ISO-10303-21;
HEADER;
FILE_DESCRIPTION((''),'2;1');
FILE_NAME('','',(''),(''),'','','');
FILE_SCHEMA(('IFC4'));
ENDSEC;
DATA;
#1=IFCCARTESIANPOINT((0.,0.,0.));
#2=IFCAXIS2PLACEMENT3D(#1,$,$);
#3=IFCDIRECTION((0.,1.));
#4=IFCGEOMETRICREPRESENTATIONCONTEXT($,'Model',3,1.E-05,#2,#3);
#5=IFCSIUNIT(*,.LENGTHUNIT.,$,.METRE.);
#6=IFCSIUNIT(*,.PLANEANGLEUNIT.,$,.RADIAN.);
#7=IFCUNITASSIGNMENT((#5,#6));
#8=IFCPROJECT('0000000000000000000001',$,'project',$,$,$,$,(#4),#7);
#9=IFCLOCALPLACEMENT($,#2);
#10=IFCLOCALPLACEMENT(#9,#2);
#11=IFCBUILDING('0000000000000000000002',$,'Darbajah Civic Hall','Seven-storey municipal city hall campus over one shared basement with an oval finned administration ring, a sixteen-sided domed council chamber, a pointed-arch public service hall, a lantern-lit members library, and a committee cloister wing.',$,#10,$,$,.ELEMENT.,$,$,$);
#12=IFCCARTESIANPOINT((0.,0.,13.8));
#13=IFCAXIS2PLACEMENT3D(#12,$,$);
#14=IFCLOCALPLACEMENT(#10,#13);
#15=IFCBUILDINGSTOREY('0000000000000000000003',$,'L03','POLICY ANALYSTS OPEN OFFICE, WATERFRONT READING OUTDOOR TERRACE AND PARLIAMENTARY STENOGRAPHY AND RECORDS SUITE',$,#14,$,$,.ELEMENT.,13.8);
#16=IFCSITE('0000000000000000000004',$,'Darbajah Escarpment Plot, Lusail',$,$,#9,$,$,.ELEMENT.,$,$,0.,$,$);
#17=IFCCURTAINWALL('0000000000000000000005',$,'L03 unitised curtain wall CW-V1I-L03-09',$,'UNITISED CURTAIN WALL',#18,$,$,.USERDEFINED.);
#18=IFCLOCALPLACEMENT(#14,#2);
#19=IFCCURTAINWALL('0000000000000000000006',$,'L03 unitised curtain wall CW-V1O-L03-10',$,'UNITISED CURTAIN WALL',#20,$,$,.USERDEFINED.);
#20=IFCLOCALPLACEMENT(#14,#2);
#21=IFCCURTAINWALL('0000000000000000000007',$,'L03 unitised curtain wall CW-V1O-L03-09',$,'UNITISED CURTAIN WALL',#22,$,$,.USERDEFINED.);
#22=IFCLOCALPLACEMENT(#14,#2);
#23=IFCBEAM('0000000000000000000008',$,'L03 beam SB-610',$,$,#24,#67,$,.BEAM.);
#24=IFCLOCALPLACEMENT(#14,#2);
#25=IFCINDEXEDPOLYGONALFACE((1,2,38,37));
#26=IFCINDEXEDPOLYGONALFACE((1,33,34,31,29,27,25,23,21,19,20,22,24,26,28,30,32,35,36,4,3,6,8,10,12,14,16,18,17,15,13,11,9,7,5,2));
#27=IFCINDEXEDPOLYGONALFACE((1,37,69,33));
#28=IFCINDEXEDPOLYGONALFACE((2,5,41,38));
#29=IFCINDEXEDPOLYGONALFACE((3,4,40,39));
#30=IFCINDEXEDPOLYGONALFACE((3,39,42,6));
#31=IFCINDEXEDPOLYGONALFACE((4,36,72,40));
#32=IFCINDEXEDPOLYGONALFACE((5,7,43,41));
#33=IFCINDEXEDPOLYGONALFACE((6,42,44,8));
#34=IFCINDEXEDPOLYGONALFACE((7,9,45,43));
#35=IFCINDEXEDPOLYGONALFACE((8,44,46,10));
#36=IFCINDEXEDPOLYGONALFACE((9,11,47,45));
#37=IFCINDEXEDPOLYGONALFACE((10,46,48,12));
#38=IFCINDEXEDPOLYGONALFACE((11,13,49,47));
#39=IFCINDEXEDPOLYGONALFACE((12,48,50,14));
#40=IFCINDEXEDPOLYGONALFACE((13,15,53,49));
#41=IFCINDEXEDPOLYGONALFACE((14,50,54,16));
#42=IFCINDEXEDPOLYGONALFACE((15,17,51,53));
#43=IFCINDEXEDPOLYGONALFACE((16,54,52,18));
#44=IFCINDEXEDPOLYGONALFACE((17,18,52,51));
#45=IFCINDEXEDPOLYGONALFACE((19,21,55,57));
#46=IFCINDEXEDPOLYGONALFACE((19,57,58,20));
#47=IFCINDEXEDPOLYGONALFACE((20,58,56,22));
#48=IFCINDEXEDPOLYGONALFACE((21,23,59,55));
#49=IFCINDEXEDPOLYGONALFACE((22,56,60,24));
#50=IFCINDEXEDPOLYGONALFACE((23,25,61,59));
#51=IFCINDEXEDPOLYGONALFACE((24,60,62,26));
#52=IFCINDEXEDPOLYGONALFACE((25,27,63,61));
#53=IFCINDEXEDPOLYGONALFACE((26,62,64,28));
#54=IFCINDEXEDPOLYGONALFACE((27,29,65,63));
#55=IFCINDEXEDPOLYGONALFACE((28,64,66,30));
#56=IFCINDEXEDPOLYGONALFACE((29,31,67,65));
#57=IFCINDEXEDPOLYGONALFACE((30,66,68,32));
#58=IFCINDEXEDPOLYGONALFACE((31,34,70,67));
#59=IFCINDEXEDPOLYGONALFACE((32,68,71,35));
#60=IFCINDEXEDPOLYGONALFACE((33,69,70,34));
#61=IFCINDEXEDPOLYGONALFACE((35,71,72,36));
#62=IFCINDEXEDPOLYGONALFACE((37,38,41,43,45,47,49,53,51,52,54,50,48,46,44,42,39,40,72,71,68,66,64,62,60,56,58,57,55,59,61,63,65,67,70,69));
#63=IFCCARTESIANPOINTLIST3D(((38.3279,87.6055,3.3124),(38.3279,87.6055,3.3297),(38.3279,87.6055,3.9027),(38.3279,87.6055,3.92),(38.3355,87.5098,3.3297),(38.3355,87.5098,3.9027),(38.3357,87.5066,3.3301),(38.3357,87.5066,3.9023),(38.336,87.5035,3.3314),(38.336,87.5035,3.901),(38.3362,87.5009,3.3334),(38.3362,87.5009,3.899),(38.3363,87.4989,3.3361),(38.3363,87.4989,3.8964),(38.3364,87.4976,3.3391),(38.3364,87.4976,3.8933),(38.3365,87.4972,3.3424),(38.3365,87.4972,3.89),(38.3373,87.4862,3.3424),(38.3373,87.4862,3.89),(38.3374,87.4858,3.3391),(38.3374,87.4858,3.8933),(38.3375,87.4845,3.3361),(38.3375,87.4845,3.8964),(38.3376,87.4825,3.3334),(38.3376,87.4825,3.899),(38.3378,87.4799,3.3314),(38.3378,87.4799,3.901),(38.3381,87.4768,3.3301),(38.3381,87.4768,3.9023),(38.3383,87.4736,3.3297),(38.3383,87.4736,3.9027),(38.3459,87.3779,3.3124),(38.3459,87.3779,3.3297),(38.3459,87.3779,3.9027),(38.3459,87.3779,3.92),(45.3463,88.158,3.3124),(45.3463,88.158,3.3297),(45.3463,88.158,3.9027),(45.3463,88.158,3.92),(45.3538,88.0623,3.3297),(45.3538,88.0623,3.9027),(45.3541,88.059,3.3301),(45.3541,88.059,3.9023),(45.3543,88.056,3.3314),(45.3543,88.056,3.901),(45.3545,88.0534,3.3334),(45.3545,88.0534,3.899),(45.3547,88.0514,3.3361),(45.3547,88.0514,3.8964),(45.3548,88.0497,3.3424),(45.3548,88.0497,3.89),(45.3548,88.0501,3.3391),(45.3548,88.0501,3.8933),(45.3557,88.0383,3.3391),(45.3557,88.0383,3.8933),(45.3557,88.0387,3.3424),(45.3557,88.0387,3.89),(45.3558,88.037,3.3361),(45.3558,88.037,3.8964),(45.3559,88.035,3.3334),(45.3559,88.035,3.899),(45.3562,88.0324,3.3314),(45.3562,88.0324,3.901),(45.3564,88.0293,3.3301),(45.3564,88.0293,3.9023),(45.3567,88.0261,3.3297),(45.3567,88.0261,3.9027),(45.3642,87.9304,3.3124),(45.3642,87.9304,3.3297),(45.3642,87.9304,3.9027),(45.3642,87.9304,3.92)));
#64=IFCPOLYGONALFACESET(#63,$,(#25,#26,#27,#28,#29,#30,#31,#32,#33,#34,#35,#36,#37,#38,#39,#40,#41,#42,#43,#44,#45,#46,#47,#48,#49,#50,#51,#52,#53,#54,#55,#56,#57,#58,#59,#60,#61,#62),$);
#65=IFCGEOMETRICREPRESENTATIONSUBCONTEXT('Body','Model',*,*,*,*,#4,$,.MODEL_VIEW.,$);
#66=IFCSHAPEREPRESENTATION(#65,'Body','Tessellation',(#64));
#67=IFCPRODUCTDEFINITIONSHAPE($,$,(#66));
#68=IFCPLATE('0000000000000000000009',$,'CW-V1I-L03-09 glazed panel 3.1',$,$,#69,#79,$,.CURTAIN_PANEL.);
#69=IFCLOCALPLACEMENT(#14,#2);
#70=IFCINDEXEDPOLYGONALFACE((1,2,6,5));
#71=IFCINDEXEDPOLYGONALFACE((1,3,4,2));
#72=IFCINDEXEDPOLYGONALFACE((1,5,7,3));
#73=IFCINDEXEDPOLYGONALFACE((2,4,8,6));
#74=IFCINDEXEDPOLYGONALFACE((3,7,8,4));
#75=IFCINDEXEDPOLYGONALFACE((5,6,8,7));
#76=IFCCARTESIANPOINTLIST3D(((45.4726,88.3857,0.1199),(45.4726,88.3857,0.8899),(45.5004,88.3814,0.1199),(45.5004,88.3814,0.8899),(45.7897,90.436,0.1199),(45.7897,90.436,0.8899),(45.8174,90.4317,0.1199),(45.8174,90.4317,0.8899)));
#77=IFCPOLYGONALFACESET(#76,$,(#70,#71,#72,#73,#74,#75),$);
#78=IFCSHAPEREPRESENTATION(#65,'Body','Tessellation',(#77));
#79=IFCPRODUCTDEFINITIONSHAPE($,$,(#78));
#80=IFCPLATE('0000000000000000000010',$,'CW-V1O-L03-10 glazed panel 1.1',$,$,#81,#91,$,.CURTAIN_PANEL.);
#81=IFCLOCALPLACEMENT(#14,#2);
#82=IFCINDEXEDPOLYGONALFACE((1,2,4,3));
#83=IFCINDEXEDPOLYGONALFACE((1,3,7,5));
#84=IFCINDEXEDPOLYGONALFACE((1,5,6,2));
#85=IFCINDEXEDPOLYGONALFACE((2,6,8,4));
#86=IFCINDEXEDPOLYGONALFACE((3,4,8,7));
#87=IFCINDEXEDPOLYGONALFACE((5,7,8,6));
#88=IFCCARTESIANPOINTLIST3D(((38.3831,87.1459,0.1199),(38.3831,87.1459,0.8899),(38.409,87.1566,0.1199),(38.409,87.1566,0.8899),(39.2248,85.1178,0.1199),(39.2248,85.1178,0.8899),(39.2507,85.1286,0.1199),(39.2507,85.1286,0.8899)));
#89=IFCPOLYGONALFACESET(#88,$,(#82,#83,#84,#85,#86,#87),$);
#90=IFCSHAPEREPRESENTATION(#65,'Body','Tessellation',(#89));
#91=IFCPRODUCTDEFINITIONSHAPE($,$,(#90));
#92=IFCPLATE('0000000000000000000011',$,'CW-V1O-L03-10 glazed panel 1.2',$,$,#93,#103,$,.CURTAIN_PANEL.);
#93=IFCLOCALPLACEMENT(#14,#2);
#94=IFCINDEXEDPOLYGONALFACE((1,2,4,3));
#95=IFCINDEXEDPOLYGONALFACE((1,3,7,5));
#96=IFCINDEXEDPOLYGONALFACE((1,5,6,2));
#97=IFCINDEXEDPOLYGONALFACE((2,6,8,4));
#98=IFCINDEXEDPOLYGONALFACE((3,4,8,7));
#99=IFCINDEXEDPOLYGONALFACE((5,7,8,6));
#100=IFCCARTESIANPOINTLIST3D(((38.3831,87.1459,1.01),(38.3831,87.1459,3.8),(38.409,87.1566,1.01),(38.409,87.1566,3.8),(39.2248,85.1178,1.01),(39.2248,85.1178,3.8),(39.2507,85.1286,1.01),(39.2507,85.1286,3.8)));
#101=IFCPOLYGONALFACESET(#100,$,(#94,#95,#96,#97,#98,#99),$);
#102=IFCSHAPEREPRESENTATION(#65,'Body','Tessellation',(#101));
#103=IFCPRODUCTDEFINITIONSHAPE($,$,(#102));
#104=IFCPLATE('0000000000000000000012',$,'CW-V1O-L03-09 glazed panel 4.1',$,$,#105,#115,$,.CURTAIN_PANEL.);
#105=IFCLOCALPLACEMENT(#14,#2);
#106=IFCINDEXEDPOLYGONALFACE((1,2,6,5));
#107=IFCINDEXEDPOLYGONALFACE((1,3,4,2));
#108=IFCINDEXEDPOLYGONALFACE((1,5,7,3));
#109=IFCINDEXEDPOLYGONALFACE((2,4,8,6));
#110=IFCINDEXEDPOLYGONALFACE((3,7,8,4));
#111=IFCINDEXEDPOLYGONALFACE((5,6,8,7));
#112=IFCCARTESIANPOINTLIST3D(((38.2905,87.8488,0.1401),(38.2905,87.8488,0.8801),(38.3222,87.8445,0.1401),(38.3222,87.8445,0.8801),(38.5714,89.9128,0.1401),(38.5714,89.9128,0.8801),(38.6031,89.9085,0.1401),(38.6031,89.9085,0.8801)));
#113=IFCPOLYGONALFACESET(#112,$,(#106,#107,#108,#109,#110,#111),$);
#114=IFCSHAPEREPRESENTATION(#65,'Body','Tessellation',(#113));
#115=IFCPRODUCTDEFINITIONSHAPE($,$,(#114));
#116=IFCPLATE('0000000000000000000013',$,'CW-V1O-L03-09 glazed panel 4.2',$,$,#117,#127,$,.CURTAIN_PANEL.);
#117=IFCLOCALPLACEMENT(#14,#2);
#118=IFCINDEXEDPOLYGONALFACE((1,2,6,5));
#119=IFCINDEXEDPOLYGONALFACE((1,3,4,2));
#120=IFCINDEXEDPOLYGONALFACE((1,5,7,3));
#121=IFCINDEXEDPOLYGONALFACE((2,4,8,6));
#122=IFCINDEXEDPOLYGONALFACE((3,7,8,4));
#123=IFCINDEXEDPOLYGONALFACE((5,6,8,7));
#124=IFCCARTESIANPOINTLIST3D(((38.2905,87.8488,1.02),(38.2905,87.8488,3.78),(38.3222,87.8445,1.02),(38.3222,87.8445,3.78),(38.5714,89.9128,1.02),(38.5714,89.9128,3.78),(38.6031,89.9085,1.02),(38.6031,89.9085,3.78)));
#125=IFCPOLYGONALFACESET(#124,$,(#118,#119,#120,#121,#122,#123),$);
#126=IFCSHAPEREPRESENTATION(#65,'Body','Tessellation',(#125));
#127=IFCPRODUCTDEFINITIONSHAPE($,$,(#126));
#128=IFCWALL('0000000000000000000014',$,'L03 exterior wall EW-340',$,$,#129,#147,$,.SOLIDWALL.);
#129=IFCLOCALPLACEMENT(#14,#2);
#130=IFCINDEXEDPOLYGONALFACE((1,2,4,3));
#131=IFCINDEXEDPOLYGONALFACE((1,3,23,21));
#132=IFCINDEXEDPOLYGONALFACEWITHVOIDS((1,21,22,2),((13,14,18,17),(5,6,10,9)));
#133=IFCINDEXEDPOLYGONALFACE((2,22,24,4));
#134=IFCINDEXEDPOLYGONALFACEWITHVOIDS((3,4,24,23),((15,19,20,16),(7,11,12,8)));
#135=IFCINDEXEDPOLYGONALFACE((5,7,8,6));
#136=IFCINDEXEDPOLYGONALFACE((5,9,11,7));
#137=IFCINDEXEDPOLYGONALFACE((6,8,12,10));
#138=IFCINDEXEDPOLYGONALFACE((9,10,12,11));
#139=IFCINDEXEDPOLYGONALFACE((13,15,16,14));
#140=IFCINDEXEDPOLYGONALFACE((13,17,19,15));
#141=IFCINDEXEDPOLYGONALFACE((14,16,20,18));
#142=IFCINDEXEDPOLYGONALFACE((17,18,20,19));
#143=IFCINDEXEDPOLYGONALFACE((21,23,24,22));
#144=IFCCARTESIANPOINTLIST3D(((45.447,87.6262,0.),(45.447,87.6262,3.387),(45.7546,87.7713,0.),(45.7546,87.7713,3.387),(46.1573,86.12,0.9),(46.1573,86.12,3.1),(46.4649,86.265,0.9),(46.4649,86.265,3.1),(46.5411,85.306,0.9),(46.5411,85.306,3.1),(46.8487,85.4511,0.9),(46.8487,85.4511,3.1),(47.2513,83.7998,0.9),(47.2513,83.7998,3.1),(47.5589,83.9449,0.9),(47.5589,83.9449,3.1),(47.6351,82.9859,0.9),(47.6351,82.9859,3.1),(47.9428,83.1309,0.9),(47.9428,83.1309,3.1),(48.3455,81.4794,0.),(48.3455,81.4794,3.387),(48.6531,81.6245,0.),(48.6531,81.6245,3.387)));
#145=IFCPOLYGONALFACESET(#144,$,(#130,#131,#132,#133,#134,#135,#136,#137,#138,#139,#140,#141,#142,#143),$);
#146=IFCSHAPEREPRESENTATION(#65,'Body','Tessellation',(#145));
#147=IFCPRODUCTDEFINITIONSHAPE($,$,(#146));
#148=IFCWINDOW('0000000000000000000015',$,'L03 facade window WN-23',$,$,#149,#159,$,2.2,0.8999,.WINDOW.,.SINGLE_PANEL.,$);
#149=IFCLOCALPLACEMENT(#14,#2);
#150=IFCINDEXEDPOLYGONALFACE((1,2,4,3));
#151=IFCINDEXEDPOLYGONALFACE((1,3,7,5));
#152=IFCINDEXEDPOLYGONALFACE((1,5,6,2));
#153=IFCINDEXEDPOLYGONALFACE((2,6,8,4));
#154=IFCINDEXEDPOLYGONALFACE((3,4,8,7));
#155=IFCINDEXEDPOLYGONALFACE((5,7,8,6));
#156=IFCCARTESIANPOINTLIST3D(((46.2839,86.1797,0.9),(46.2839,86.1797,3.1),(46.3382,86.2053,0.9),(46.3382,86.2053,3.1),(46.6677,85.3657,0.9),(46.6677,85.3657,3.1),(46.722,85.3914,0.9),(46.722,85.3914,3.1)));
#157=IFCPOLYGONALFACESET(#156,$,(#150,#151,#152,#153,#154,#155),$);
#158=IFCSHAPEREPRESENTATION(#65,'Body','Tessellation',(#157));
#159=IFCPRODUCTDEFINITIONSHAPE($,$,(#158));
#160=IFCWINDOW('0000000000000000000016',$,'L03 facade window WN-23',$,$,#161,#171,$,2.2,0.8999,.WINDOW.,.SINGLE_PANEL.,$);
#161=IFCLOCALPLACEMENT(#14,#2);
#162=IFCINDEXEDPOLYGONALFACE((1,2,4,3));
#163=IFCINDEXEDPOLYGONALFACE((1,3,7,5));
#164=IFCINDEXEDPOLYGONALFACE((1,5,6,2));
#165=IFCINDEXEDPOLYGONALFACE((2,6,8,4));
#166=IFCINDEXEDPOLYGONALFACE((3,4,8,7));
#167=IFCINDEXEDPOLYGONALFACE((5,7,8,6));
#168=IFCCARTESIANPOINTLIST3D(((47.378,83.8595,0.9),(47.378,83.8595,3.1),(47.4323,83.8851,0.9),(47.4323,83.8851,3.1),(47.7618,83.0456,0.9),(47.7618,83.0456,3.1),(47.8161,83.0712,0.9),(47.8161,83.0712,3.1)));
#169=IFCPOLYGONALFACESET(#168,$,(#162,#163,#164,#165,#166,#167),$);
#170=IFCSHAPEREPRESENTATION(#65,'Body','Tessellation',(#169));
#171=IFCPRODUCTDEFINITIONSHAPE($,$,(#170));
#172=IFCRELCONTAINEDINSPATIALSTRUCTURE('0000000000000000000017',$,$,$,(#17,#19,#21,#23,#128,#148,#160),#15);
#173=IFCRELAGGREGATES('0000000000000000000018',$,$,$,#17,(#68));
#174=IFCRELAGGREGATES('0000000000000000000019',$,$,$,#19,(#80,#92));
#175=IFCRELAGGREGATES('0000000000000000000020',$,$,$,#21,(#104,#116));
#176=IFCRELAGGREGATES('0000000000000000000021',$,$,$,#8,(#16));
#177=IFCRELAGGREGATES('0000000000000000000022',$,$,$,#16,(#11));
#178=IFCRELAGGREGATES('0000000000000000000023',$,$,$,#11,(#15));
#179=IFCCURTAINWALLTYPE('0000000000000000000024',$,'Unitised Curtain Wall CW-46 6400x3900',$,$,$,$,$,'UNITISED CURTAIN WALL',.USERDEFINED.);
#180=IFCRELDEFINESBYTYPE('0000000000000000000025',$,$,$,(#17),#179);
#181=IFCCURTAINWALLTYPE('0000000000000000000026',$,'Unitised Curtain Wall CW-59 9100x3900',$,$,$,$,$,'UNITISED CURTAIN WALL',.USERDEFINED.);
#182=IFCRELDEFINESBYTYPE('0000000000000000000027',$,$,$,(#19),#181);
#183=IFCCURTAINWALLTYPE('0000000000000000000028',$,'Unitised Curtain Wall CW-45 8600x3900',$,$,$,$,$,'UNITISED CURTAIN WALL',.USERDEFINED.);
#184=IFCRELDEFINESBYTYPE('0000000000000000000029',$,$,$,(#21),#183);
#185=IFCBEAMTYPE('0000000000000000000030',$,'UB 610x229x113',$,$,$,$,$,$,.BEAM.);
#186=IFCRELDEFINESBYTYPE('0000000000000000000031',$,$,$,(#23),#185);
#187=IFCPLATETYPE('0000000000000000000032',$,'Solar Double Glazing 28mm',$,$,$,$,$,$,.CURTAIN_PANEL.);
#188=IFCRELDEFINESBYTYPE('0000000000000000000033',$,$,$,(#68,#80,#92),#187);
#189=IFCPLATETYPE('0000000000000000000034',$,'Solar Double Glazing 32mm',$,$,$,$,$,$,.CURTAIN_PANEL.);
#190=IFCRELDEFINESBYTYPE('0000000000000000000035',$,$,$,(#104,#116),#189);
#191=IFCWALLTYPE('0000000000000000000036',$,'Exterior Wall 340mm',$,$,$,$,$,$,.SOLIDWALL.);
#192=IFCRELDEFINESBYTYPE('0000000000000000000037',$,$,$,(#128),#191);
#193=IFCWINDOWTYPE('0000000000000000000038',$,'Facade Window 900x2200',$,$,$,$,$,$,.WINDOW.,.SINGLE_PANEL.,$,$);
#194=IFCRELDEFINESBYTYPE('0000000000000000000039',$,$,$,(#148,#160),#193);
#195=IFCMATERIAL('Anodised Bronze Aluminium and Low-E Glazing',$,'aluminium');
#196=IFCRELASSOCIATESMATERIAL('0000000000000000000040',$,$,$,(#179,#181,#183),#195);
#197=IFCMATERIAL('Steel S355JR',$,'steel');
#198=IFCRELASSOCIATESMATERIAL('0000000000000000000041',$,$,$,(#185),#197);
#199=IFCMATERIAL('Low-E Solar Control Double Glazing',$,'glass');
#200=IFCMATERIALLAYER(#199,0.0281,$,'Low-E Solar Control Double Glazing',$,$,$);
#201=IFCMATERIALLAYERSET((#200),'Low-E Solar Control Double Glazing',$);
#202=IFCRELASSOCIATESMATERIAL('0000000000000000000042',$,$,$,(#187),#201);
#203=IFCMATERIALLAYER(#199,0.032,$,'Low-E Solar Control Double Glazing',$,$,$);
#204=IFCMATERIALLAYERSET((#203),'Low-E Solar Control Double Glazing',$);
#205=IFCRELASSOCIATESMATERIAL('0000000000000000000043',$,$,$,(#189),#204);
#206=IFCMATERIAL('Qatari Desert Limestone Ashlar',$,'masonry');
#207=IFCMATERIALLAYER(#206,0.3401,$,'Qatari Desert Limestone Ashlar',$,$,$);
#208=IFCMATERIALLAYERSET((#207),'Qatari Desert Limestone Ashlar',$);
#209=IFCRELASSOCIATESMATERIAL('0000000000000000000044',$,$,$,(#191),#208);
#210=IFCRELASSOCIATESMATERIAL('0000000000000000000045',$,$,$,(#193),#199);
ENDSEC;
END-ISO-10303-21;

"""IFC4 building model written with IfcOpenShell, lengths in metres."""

from ifc_helpers import new_model, si_unit, direction, frame, frame_2d, origin, origin_2d, place, context, subcontext, project, spatial, rectangle, i_section, extrude, material, layer, layer_set, material_profile, profile_set, type_object, element, fill, aggregate, save


model = new_model("IFC4")

# Units and contexts
model_context = context("Model", 3, precision=1e-05, world=origin(), true_north=direction((0.0, 1.0)))
body_context = subcontext(model_context, "Body", "Model", "MODEL_VIEW")
ifc_project = project(units=[si_unit("LENGTHUNIT", "METRE"), si_unit("PLANEANGLEUNIT", "RADIAN")], contexts=[model_context])

# Site, building, storey
site_placement = place(None, origin())
site = spatial("IfcSite", under=ifc_project, at=site_placement, Name="Darbajah Escarpment Plot, Lusail", CompositionType="ELEMENT", RefElevation=0.0)
building_placement = place(site_placement, origin())
building = spatial("IfcBuilding", under=site, at=building_placement, Name="Darbajah Civic Hall", Description="Seven-storey municipal city hall campus over one shared basement with an oval finned administration ring, a sixteen-sided domed council chamber, a pointed-arch public service hall, a lantern-lit members library, and a committee cloister wing.", CompositionType="ELEMENT")
storey_placement = place(building_placement, frame((0.0, 0.0, 13.8)))
storey = spatial("IfcBuildingStorey", under=building, at=storey_placement, Name="L03", Description="POLICY ANALYSTS OPEN OFFICE, WATERFRONT READING OUTDOOR TERRACE AND PARLIAMENTARY STENOGRAPHY AND RECORDS SUITE", CompositionType="ELEMENT", Elevation=13.8)

# Curtain wall
ifc_material_1 = material(Name="Anodised Bronze Aluminium and Low-E Glazing", Category="aluminium")
curtain_wall_type_1 = type_object("IfcCurtainWallType", Name="Unitised Curtain Wall CW-46 6400x3900", ElementType="UNITISED CURTAIN WALL", PredefinedType="USERDEFINED", material=ifc_material_1)
curtain_wall_1_placement = place(storey_placement, origin())
curtain_wall_1 = element("IfcCurtainWall", 1, at=curtain_wall_1_placement, inside=storey, type_object=curtain_wall_type_1, Name="L03 unitised curtain wall CW-V1I-L03-09", ObjectType="UNITISED CURTAIN WALL", PredefinedType="USERDEFINED")

# Curtain wall
curtain_wall_type_2 = type_object("IfcCurtainWallType", Name="Unitised Curtain Wall CW-59 9100x3900", ElementType="UNITISED CURTAIN WALL", PredefinedType="USERDEFINED", material=ifc_material_1)
curtain_wall_2_placement = place(storey_placement, origin())
curtain_wall_2 = element("IfcCurtainWall", 2, at=curtain_wall_2_placement, inside=storey, type_object=curtain_wall_type_2, Name="L03 unitised curtain wall CW-V1O-L03-10", ObjectType="UNITISED CURTAIN WALL", PredefinedType="USERDEFINED")

# Curtain wall
curtain_wall_type_3 = type_object("IfcCurtainWallType", Name="Unitised Curtain Wall CW-45 8600x3900", ElementType="UNITISED CURTAIN WALL", PredefinedType="USERDEFINED", material=ifc_material_1)
curtain_wall_3_placement = place(storey_placement, origin())
curtain_wall_3 = element("IfcCurtainWall", 3, at=curtain_wall_3_placement, inside=storey, type_object=curtain_wall_type_3, Name="L03 unitised curtain wall CW-V1O-L03-09", ObjectType="UNITISED CURTAIN WALL", PredefinedType="USERDEFINED")

# Beam
ifc_material_2 = material(Name="Steel S355JR", Category="steel")
ifc_material_profile_1 = material_profile(ifc_material_2, i_section(OverallWidth=0.2283, OverallDepth=0.6077, WebThickness=0.011, FlangeThickness=0.0173, FilletRadius=0.0127, at=origin_2d()), Name="UB 610x229x113")
ifc_profile_set_1 = profile_set([ifc_material_profile_1], Name="Steel S355JR")
beam_type_1 = type_object("IfcBeamType", Name="UB 610x229x113", PredefinedType="BEAM", material=ifc_profile_set_1)
beam_1_placement = place(storey_placement, frame((45.3552, 88.0442, 3.6162), z_axis=(-0.996916, -0.078478, 0.0), x_axis=(0.078478, -0.996916, 0.0)))
element("IfcBeam", 4, at=beam_1_placement, inside=storey, type_object=beam_type_1, Name="L03 beam SB-610", PredefinedType="BEAM", context=body_context, shape_type="SweptSolid", body=[
    extrude(i_section(OverallWidth=0.2283, OverallDepth=0.6077, WebThickness=0.011, FlangeThickness=0.0173, FilletRadius=0.0127, at=origin_2d()), origin(), (0.0, 0.0, 1.0), 7.04),
])

# Plates
ifc_material_3 = material(Name="Low-E Solar Control Double Glazing", Category="glass")
ifc_layer_1 = layer(ifc_material_3, 0.0281, Name="Low-E Solar Control Double Glazing")
ifc_layer_set_1 = layer_set([ifc_layer_1], Name="Low-E Solar Control Double Glazing")
plate_type_1 = type_object("IfcPlateType", Name="Solar Double Glazing 28mm", PredefinedType="CURTAIN_PANEL", material=ifc_layer_set_1)
plate_1_placement = place(storey_placement, frame((45.645, 89.4087, 0.1199), z_axis=(0.0, 0.0, 1.0), x_axis=(-0.152813, -0.988255, 0.0)))
plate_1 = element("IfcPlate", 5, at=plate_1_placement, type_object=plate_type_1, Name="CW-V1I-L03-09 glazed panel 3.1", PredefinedType="CURTAIN_PANEL", context=body_context, shape_type="SweptSolid", body=[
    extrude(rectangle(XDim=2.0747, YDim=0.0281, at=origin_2d()), origin(), (0.0, 0.0, 1.0), 0.77),
])
aggregate(curtain_wall_1, [plate_1])
plate_2_placement = place(storey_placement, frame((38.8169, 86.1372, 0.1199), z_axis=(0.0, 0.0, 1.0), x_axis=(0.383328, -0.923612, 0.0)))
plate_2 = element("IfcPlate", 6, at=plate_2_placement, type_object=plate_type_1, Name="CW-V1O-L03-10 glazed panel 1.1", PredefinedType="CURTAIN_PANEL", context=body_context, shape_type="SweptSolid", body=[
    extrude(rectangle(XDim=2.1958, YDim=0.0281, at=origin_2d()), origin(), (0.0, 0.0, 1.0), 0.77),
])
plate_3_placement = place(storey_placement, frame((38.8169, 86.1372, 1.01), z_axis=(0.0, 0.0, 1.0), x_axis=(0.383328, -0.923612, 0.0)))
plate_3 = element("IfcPlate", 7, at=plate_3_placement, type_object=plate_type_1, Name="CW-V1O-L03-10 glazed panel 1.2", PredefinedType="CURTAIN_PANEL", context=body_context, shape_type="SweptSolid", body=[
    extrude(rectangle(XDim=2.1958, YDim=0.0281, at=origin_2d()), origin(), (0.0, 0.0, 1.0), 2.79),
])
aggregate(curtain_wall_2, [plate_2, plate_3])
ifc_layer_2 = layer(ifc_material_3, 0.032, Name="Low-E Solar Control Double Glazing")
ifc_layer_set_2 = layer_set([ifc_layer_2], Name="Low-E Solar Control Double Glazing")
plate_type_2 = type_object("IfcPlateType", Name="Solar Double Glazing 32mm", PredefinedType="CURTAIN_PANEL", material=ifc_layer_set_2)
plate_4_placement = place(storey_placement, frame((38.4468, 88.8787, 0.1401), z_axis=(0.0, 0.0, 1.0), x_axis=(-0.134851, -0.990866, 0.0)))
plate_4 = element("IfcPlate", 8, at=plate_4_placement, type_object=plate_type_2, Name="CW-V1O-L03-09 glazed panel 4.1", PredefinedType="CURTAIN_PANEL", context=body_context, shape_type="SweptSolid", body=[
    extrude(rectangle(XDim=2.083, YDim=0.032, at=origin_2d()), origin(), (0.0, 0.0, 1.0), 0.74),
])
plate_5_placement = place(storey_placement, frame((38.4468, 88.8787, 1.02), z_axis=(0.0, 0.0, 1.0), x_axis=(-0.134851, -0.990866, 0.0)))
plate_5 = element("IfcPlate", 9, at=plate_5_placement, type_object=plate_type_2, Name="CW-V1O-L03-09 glazed panel 4.2", PredefinedType="CURTAIN_PANEL", context=body_context, shape_type="SweptSolid", body=[
    extrude(rectangle(XDim=2.083, YDim=0.032, at=origin_2d()), origin(), (0.0, 0.0, 1.0), 2.76),
])
aggregate(curtain_wall_3, [plate_4, plate_5])

# Wall, openings, windows
ifc_material_4 = material(Name="Qatari Desert Limestone Ashlar", Category="masonry")
ifc_layer_3 = layer(ifc_material_4, 0.3401, Name="Qatari Desert Limestone Ashlar")
ifc_layer_set_3 = layer_set([ifc_layer_3], Name="Qatari Desert Limestone Ashlar")
wall_type_1 = type_object("IfcWallType", Name="Exterior Wall 340mm", PredefinedType="SOLIDWALL", material=ifc_layer_set_3)
wall_1_placement = place(storey_placement, frame((45.6008, 87.6987, 0.0), z_axis=(0.0, 0.0, 1.0), x_axis=(0.426503, -0.904486, 0.0)))
wall_1 = element("IfcWall", 10, at=wall_1_placement, inside=storey, type_object=wall_type_1, Name="L03 exterior wall EW-340", PredefinedType="SOLIDWALL", context=body_context, shape_type="SweptSolid", body=[
    extrude(rectangle(XDim=6.7959, YDim=0.3401, at=frame_2d((3.3979, 0.0))), origin(), (0.0, 0.0, 1.0), 3.387),
])
opening_1_placement = place(wall_1_placement, frame((1.6653, 0.0, 0.8999)))
opening_1 = element("IfcOpeningElement", 11, at=opening_1_placement, cuts=wall_1, PredefinedType="OPENING", context=body_context, shape_type="SweptSolid", body=[
    extrude(rectangle(XDim=0.8999, YDim=2.2, at=frame_2d((0.45, 1.1001))), frame((0.0, 0.1799, 0.0), z_axis=(0.0, -1.0, 0.0), x_axis=(1.0, 0.0, 0.0)), (0.0, 0.0, 1.0), 0.3601),
])
opening_2_placement = place(wall_1_placement, frame((4.2305, 0.0, 0.8999)))
opening_2 = element("IfcOpeningElement", 12, at=opening_2_placement, cuts=wall_1, PredefinedType="OPENING", context=body_context, shape_type="SweptSolid", body=[
    extrude(rectangle(XDim=0.8999, YDim=2.2, at=frame_2d((0.45, 1.1001))), frame((0.0, 0.1799, 0.0), z_axis=(0.0, -1.0, 0.0), x_axis=(1.0, 0.0, 0.0)), (0.0, 0.0, 1.0), 0.3601),
])
window_type = type_object("IfcWindowType", Name="Facade Window 900x2200", PartitioningType="SINGLE_PANEL", PredefinedType="WINDOW", material=ifc_material_3)
window_1_placement = place(opening_1_placement, origin())
window_1 = element("IfcWindow", 13, at=window_1_placement, inside=storey, type_object=window_type, Name="L03 facade window WN-23", OverallHeight=2.2, OverallWidth=0.8999, PartitioningType="SINGLE_PANEL", PredefinedType="WINDOW", context=body_context, shape_type="SweptSolid", body=[
    extrude(rectangle(XDim=0.8999, YDim=2.2, at=frame_2d((0.45, 1.1001))), frame((0.0, 0.03, 0.0), z_axis=(0.0, -1.0, 0.0), x_axis=(1.0, 0.0, 0.0)), (0.0, 0.0, 1.0), 0.0601),
])
fill(opening_1, window_1)
window_2_placement = place(opening_2_placement, origin())
window_2 = element("IfcWindow", 14, at=window_2_placement, inside=storey, type_object=window_type, Name="L03 facade window WN-23", OverallHeight=2.2, OverallWidth=0.8999, PartitioningType="SINGLE_PANEL", PredefinedType="WINDOW", context=body_context, shape_type="SweptSolid", body=[
    extrude(rectangle(XDim=0.8999, YDim=2.2, at=frame_2d((0.45, 1.1001))), frame((0.0, 0.03, 0.0), z_axis=(0.0, -1.0, 0.0), x_axis=(1.0, 0.0, 0.0)), (0.0, 0.0, 1.0), 0.0601),
])
fill(opening_2, window_2)

save(model, "model.ifc")
